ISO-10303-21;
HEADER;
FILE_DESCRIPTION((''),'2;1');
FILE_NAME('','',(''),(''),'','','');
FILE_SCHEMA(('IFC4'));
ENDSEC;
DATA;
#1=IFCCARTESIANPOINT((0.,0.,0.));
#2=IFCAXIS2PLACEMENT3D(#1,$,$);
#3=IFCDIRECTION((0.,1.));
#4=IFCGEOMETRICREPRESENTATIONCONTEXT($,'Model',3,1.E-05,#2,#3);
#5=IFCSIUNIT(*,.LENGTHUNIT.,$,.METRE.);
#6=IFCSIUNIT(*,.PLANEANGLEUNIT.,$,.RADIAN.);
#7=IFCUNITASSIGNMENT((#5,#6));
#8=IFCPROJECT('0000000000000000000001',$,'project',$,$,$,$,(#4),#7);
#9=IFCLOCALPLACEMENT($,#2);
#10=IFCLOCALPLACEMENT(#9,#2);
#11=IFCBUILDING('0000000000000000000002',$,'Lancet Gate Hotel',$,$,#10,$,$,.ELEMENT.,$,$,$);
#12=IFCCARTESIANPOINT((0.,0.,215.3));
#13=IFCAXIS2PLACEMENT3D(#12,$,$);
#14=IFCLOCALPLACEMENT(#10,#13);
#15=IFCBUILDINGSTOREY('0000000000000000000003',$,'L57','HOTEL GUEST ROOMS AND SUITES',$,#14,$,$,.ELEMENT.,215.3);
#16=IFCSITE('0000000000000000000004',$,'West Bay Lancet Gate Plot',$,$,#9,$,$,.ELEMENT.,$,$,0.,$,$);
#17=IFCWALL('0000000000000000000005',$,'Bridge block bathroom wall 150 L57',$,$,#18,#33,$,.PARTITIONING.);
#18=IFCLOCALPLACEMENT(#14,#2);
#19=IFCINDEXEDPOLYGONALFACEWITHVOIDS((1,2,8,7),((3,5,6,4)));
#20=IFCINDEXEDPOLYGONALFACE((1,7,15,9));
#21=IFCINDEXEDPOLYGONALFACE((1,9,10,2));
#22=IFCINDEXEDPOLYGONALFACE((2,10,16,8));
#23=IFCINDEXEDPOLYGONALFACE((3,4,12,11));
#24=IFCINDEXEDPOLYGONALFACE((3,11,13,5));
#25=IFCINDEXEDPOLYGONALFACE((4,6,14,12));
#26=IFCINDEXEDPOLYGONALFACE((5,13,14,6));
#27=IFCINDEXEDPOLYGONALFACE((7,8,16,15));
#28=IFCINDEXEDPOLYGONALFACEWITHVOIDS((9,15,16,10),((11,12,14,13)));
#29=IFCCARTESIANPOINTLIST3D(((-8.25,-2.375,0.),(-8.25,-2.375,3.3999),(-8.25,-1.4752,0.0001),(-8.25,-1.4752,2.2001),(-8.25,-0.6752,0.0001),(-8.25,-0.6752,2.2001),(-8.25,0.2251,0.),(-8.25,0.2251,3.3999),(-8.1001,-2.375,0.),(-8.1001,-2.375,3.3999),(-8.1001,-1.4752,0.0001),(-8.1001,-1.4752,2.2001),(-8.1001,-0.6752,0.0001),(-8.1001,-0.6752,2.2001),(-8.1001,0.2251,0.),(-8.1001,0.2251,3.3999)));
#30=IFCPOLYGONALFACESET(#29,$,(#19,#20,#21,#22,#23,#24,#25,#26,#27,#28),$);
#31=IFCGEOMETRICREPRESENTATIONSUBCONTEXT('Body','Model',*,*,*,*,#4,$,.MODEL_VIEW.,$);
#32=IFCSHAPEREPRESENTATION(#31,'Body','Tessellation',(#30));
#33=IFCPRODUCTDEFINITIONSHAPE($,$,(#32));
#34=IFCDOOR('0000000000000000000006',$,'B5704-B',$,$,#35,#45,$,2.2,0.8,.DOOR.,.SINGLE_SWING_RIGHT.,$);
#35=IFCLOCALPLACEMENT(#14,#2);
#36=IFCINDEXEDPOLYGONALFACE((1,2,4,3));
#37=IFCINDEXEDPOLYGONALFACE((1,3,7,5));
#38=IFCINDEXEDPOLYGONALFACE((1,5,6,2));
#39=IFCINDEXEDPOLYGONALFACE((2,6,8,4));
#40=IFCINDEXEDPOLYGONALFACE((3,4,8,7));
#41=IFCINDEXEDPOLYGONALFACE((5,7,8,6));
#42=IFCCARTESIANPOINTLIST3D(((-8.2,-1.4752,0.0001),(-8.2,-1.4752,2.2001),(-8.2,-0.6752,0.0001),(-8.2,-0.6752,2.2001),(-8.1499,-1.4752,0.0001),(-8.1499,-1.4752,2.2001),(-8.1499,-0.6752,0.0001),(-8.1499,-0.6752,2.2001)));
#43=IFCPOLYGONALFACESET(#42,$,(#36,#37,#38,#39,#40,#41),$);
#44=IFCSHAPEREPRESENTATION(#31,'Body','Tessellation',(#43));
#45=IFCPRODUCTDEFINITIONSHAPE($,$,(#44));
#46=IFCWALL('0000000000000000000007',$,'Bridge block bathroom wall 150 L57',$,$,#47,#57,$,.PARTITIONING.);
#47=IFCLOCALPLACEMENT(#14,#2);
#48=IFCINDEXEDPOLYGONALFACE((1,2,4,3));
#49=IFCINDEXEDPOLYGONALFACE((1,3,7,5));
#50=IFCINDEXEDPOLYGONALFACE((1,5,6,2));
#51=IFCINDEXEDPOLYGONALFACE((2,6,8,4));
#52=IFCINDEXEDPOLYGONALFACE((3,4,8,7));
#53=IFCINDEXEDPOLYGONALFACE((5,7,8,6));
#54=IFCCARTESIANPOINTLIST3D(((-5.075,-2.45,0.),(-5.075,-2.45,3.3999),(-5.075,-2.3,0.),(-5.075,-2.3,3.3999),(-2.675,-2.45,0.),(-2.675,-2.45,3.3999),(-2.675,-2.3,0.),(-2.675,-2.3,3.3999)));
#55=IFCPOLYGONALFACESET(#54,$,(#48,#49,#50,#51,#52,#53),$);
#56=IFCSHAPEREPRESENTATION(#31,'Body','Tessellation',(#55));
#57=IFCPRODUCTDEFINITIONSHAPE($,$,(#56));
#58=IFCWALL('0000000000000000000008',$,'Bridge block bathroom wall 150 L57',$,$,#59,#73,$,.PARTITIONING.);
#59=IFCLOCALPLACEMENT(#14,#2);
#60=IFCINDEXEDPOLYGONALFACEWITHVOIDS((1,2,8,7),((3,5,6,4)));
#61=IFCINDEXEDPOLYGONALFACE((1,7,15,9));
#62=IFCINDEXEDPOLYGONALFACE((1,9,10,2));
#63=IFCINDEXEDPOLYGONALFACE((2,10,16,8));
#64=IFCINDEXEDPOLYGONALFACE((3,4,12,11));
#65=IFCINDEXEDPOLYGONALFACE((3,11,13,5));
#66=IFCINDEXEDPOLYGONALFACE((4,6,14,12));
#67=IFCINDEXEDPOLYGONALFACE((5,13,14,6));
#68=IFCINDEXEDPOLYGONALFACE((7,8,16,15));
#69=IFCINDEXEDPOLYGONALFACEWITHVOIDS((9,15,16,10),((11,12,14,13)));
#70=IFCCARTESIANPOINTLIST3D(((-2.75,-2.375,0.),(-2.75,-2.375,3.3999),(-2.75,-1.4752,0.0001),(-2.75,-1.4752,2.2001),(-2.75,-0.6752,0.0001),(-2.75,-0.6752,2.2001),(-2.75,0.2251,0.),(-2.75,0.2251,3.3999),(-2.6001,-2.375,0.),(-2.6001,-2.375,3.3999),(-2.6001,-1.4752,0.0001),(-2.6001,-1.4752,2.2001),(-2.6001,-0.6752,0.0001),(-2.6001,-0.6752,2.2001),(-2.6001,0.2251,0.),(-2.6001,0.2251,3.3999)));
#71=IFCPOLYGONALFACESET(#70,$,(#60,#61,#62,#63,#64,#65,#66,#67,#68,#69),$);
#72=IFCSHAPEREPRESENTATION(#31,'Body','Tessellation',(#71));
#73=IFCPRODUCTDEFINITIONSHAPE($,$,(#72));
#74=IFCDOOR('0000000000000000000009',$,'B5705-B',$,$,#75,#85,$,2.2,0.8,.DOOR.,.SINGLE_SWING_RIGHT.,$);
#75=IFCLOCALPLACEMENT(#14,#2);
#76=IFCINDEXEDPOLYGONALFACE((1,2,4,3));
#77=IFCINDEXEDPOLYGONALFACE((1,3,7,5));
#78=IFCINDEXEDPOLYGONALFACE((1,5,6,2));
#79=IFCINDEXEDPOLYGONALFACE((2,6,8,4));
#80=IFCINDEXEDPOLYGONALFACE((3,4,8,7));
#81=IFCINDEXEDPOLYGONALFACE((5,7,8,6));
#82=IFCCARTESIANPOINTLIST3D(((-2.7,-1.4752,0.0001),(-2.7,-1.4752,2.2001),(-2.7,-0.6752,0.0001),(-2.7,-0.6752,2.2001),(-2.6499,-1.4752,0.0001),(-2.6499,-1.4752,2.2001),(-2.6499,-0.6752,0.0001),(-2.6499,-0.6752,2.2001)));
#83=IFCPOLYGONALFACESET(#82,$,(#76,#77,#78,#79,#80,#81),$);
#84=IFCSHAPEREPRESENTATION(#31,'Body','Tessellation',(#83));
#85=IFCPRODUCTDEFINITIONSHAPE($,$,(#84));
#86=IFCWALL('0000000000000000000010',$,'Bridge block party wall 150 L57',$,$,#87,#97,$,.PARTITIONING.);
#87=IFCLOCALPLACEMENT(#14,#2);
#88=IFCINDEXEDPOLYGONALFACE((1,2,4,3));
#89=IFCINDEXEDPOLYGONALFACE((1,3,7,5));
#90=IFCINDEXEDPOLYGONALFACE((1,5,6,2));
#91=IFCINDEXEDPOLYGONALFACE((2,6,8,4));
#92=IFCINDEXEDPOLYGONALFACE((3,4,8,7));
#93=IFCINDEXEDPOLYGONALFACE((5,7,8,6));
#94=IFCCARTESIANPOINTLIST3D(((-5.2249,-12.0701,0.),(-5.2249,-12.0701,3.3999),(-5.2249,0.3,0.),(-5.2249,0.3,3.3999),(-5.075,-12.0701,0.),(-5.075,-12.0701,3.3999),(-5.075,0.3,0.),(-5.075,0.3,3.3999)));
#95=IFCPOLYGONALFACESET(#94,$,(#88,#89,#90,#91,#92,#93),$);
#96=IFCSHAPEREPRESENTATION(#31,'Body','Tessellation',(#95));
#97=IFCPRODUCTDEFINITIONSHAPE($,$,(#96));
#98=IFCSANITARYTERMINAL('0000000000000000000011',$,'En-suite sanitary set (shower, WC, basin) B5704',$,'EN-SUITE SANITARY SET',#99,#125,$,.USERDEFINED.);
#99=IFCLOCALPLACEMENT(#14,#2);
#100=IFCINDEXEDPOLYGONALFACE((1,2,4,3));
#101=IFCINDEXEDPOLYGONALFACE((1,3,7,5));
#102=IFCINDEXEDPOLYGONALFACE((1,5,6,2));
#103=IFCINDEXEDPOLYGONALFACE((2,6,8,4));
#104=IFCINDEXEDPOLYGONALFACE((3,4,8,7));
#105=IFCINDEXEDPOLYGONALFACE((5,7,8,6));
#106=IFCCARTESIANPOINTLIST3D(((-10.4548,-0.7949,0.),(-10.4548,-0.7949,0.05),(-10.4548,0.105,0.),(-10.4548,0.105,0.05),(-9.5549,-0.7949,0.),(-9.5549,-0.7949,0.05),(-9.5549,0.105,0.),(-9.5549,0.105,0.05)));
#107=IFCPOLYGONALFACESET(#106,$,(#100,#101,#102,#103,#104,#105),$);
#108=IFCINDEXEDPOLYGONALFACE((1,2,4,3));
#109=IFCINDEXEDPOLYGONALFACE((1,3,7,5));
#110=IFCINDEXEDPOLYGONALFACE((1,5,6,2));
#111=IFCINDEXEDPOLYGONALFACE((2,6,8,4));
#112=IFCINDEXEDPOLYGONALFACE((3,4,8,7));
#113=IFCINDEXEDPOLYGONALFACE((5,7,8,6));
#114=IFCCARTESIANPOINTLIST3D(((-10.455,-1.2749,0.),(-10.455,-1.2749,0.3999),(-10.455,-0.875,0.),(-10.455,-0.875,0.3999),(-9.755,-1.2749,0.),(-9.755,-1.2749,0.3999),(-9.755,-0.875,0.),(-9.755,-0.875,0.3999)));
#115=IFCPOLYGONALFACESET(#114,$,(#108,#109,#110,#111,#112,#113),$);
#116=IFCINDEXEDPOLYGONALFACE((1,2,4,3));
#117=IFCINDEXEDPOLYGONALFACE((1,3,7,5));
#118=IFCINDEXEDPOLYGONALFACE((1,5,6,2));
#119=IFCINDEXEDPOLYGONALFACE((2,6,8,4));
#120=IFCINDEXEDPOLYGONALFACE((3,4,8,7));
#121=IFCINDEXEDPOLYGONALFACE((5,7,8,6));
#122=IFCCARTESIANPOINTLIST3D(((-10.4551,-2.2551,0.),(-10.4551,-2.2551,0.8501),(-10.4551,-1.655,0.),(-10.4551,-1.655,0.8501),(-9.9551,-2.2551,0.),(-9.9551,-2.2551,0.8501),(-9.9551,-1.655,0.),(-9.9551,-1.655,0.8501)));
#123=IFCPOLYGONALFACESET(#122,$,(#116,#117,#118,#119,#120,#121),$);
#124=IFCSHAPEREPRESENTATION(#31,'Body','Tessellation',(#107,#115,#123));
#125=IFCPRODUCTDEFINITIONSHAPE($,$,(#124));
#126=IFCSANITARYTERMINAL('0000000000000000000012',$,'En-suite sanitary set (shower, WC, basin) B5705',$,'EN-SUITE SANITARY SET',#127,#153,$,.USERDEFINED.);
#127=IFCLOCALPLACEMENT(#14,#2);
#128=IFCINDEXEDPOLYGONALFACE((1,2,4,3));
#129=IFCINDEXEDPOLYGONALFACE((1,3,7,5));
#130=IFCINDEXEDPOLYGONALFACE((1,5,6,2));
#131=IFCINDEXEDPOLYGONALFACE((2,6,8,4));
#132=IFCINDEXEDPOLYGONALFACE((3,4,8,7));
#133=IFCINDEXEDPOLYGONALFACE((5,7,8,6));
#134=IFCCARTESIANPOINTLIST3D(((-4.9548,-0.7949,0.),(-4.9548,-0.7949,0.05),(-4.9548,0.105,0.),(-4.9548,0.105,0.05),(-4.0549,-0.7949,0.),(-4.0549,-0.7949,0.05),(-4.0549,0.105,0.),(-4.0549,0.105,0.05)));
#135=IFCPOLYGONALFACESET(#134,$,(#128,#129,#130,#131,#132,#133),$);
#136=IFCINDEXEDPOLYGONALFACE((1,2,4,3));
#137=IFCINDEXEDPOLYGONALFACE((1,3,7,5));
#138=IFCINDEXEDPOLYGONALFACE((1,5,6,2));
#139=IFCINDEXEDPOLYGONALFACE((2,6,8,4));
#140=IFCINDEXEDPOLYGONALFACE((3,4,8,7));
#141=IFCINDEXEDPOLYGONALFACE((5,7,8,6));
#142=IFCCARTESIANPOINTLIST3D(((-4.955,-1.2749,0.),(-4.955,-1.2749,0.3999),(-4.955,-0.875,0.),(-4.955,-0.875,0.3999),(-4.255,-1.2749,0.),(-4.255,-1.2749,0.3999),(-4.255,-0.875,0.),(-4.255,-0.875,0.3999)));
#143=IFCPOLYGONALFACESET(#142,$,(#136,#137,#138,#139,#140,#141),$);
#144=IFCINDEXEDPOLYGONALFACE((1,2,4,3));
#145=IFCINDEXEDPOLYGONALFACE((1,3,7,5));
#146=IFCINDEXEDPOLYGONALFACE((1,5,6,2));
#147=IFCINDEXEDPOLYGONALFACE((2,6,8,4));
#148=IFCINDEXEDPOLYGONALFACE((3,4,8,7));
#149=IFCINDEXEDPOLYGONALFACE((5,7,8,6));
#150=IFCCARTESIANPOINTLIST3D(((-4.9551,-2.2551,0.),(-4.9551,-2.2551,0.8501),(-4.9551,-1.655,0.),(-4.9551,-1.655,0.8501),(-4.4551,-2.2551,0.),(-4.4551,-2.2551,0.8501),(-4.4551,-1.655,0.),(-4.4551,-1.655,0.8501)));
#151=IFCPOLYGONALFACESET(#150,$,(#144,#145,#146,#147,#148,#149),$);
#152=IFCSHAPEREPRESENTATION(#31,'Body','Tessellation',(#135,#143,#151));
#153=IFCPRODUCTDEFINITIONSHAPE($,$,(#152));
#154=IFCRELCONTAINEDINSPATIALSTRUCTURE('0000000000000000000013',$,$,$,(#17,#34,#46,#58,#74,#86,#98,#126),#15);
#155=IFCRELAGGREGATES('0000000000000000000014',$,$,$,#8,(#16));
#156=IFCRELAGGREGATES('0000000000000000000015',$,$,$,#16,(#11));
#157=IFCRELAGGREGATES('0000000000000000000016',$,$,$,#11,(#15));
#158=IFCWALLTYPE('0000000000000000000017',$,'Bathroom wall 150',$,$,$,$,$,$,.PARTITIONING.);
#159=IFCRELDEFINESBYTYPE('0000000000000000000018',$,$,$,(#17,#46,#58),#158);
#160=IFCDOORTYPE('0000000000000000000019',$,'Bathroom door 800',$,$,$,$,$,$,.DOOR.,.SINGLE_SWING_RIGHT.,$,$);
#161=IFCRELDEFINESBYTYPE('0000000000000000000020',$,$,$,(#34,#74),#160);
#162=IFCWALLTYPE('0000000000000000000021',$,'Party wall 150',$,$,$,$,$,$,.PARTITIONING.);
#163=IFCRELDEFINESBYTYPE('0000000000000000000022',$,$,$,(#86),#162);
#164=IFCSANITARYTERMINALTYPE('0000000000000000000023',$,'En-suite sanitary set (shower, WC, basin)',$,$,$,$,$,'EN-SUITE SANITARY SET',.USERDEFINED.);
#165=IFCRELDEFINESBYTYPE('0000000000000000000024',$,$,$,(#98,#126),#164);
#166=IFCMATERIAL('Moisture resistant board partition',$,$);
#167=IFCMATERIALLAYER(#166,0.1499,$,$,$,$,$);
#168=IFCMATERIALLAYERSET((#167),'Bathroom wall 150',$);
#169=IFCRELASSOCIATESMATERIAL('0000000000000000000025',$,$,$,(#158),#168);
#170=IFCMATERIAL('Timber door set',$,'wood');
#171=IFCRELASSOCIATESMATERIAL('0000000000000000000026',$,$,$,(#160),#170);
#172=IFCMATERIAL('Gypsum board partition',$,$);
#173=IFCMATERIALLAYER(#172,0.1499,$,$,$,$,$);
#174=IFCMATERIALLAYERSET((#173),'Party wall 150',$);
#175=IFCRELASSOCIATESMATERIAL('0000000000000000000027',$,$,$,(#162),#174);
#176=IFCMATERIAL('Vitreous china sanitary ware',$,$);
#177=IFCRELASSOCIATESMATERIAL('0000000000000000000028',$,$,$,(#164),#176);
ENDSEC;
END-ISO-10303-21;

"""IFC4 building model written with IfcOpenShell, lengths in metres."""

from ifc_helpers import new_model, si_unit, direction, frame, frame_2d, origin, origin_2d, place, context, subcontext, project, spatial, rectangle, extrude, material, layer, layer_set, type_object, element, fill, save


model = new_model("IFC4")

# Units and contexts
model_context = context("Model", 3, precision=1e-05, world=origin(), true_north=direction((0.0, 1.0)))
body_context = subcontext(model_context, "Body", "Model", "MODEL_VIEW")
ifc_project = project(units=[si_unit("LENGTHUNIT", "METRE"), si_unit("PLANEANGLEUNIT", "RADIAN")], contexts=[model_context])

# Site, building, storey
site_placement = place(None, origin())
site = spatial("IfcSite", under=ifc_project, at=site_placement, Name="West Bay Lancet Gate Plot", CompositionType="ELEMENT", RefElevation=0.0)
building_placement = place(site_placement, origin())
building = spatial("IfcBuilding", under=site, at=building_placement, Name="Lancet Gate Hotel", CompositionType="ELEMENT")
storey_placement = place(building_placement, frame((0.0, 0.0, 215.3)))
storey = spatial("IfcBuildingStorey", under=building, at=storey_placement, Name="L57", Description="HOTEL GUEST ROOMS AND SUITES", CompositionType="ELEMENT", Elevation=215.3)

# Wall, opening, door
ifc_material_1 = material(Name="Moisture resistant board partition")
ifc_layer_1 = layer(ifc_material_1, 0.1499)
ifc_layer_set_1 = layer_set([ifc_layer_1], Name="Bathroom wall 150")
wall_type_1 = type_object("IfcWallType", Name="Bathroom wall 150", PredefinedType="PARTITIONING", material=ifc_layer_set_1)
wall_1_placement = place(storey_placement, frame((-8.175, -2.375, 0.0), z_axis=(0.0, 0.0, 1.0), x_axis=(0.0, 1.0, 0.0)))
wall_1 = element("IfcWall", 1, at=wall_1_placement, inside=storey, type_object=wall_type_1, Name="Bridge block bathroom wall 150 L57", PredefinedType="PARTITIONING", context=body_context, shape_type="SweptSolid", body=[
    extrude(rectangle(XDim=2.6001, YDim=0.1499, at=frame_2d((1.3, 0.0))), origin(), (0.0, 0.0, 1.0), 3.3999),
])
opening_1_placement = place(wall_1_placement, frame((0.8999, 0.0, 0.0)))
opening_1 = element("IfcOpeningElement", 2, at=opening_1_placement, cuts=wall_1, PredefinedType="OPENING", context=body_context, shape_type="SweptSolid", body=[
    extrude(rectangle(XDim=0.8, YDim=2.2, at=frame_2d((0.3999, 1.1001))), frame((0.0, 0.085, 0.0), z_axis=(0.0, -1.0, 0.0), x_axis=(1.0, 0.0, 0.0)), (0.0, 0.0, 1.0), 0.1699),
])
ifc_material_2 = material(Name="Timber door set", Category="wood")
door_type = type_object("IfcDoorType", Name="Bathroom door 800", OperationType="SINGLE_SWING_RIGHT", PredefinedType="DOOR", material=ifc_material_2)
door_1_placement = place(opening_1_placement, origin())
door_1 = element("IfcDoor", 3, at=door_1_placement, inside=storey, type_object=door_type, Name="B5704-B", OperationType="SINGLE_SWING_RIGHT", OverallHeight=2.2, OverallWidth=0.8, PredefinedType="DOOR", context=body_context, shape_type="SweptSolid", body=[
    extrude(rectangle(XDim=0.8, YDim=2.2, at=frame_2d((0.3999, 1.1001))), frame((0.0, 0.0249, 0.0), z_axis=(0.0, -1.0, 0.0), x_axis=(1.0, 0.0, 0.0)), (0.0, 0.0, 1.0), 0.05),
])
fill(opening_1, door_1)

# Wall
wall_2_placement = place(storey_placement, frame((-5.075, -2.375, 0.0), z_axis=(0.0, 0.0, 1.0), x_axis=(1.0, 0.0, 0.0)))
element("IfcWall", 4, at=wall_2_placement, inside=storey, type_object=wall_type_1, Name="Bridge block bathroom wall 150 L57", PredefinedType="PARTITIONING", context=body_context, shape_type="SweptSolid", body=[
    extrude(rectangle(XDim=2.3999, YDim=0.1499, at=frame_2d((1.2, 0.0))), origin(), (0.0, 0.0, 1.0), 3.3999),
])

# Wall, opening, door
wall_3_placement = place(storey_placement, frame((-2.675, -2.375, 0.0), z_axis=(0.0, 0.0, 1.0), x_axis=(0.0, 1.0, 0.0)))
wall_3 = element("IfcWall", 5, at=wall_3_placement, inside=storey, type_object=wall_type_1, Name="Bridge block bathroom wall 150 L57", PredefinedType="PARTITIONING", context=body_context, shape_type="SweptSolid", body=[
    extrude(rectangle(XDim=2.6001, YDim=0.1499, at=frame_2d((1.3, 0.0))), origin(), (0.0, 0.0, 1.0), 3.3999),
])
opening_2_placement = place(wall_3_placement, frame((0.8999, 0.0, 0.0)))
opening_2 = element("IfcOpeningElement", 6, at=opening_2_placement, cuts=wall_3, PredefinedType="OPENING", context=body_context, shape_type="SweptSolid", body=[
    extrude(rectangle(XDim=0.8, YDim=2.2, at=frame_2d((0.3999, 1.1001))), frame((0.0, 0.085, 0.0), z_axis=(0.0, -1.0, 0.0), x_axis=(1.0, 0.0, 0.0)), (0.0, 0.0, 1.0), 0.1699),
])
door_2_placement = place(opening_2_placement, origin())
door_2 = element("IfcDoor", 7, at=door_2_placement, inside=storey, type_object=door_type, Name="B5705-B", OperationType="SINGLE_SWING_RIGHT", OverallHeight=2.2, OverallWidth=0.8, PredefinedType="DOOR", context=body_context, shape_type="SweptSolid", body=[
    extrude(rectangle(XDim=0.8, YDim=2.2, at=frame_2d((0.3999, 1.1001))), frame((0.0, 0.0249, 0.0), z_axis=(0.0, -1.0, 0.0), x_axis=(1.0, 0.0, 0.0)), (0.0, 0.0, 1.0), 0.05),
])
fill(opening_2, door_2)

# Wall
ifc_material_3 = material(Name="Gypsum board partition")
ifc_layer_2 = layer(ifc_material_3, 0.1499)
ifc_layer_set_2 = layer_set([ifc_layer_2], Name="Party wall 150")
wall_type_2 = type_object("IfcWallType", Name="Party wall 150", PredefinedType="PARTITIONING", material=ifc_layer_set_2)
wall_4_placement = place(storey_placement, frame((-5.1499, -12.0701, 0.0), z_axis=(0.0, 0.0, 1.0), x_axis=(0.0, 1.0, 0.0)))
element("IfcWall", 8, at=wall_4_placement, inside=storey, type_object=wall_type_2, Name="Bridge block party wall 150 L57", PredefinedType="PARTITIONING", context=body_context, shape_type="SweptSolid", body=[
    extrude(rectangle(XDim=12.3701, YDim=0.1499, at=frame_2d((6.1851, 0.0))), origin(), (0.0, 0.0, 1.0), 3.3999),
])

# Sanitary terminals
ifc_material_4 = material(Name="Vitreous china sanitary ware")
sanitary_terminal_type = type_object("IfcSanitaryTerminalType", Name="En-suite sanitary set (shower, WC, basin)", ElementType="EN-SUITE SANITARY SET", PredefinedType="USERDEFINED", material=ifc_material_4)
for number, where, z_axis, x_axis, name in (
    (9, (-10.0049, -0.345, 0.0), (0.0, 0.0, 1.0), (1.0, 0.0, 0.0), "En-suite sanitary set (shower, WC, basin) B5704"),
    (10, (-4.5049, -0.345, 0.0), (0.0, 0.0, 1.0), (1.0, 0.0, 0.0), "En-suite sanitary set (shower, WC, basin) B5705"),
):
    element("IfcSanitaryTerminal", number, at=place(storey_placement, frame(where, z_axis=z_axis, x_axis=x_axis)), inside=storey, type_object=sanitary_terminal_type, Name=name, ObjectType="EN-SUITE SANITARY SET", PredefinedType="USERDEFINED", context=body_context, shape_type="SweptSolid", body=[
        extrude(rectangle(XDim=0.8999, YDim=0.8999, at=origin_2d()), frame((0.0, 0.0, 0.0), z_axis=(0.0, 0.0, 1.0), x_axis=(0.0, 1.0, 0.0)), (0.0, 0.0, 1.0), 0.05),
        extrude(rectangle(XDim=0.3999, YDim=0.7, at=origin_2d()), frame((-0.1001, -0.73, 0.0), z_axis=(0.0, 0.0, 1.0), x_axis=(0.0, 1.0, 0.0)), (0.0, 0.0, 1.0), 0.3999),
        extrude(rectangle(XDim=0.6001, YDim=0.5, at=origin_2d()), frame((-0.2002, -1.6101, 0.0), z_axis=(0.0, 0.0, 1.0), x_axis=(0.0, 1.0, 0.0)), (0.0, 0.0, 1.0), 0.8501),
    ])

save(model, "model.ifc")
